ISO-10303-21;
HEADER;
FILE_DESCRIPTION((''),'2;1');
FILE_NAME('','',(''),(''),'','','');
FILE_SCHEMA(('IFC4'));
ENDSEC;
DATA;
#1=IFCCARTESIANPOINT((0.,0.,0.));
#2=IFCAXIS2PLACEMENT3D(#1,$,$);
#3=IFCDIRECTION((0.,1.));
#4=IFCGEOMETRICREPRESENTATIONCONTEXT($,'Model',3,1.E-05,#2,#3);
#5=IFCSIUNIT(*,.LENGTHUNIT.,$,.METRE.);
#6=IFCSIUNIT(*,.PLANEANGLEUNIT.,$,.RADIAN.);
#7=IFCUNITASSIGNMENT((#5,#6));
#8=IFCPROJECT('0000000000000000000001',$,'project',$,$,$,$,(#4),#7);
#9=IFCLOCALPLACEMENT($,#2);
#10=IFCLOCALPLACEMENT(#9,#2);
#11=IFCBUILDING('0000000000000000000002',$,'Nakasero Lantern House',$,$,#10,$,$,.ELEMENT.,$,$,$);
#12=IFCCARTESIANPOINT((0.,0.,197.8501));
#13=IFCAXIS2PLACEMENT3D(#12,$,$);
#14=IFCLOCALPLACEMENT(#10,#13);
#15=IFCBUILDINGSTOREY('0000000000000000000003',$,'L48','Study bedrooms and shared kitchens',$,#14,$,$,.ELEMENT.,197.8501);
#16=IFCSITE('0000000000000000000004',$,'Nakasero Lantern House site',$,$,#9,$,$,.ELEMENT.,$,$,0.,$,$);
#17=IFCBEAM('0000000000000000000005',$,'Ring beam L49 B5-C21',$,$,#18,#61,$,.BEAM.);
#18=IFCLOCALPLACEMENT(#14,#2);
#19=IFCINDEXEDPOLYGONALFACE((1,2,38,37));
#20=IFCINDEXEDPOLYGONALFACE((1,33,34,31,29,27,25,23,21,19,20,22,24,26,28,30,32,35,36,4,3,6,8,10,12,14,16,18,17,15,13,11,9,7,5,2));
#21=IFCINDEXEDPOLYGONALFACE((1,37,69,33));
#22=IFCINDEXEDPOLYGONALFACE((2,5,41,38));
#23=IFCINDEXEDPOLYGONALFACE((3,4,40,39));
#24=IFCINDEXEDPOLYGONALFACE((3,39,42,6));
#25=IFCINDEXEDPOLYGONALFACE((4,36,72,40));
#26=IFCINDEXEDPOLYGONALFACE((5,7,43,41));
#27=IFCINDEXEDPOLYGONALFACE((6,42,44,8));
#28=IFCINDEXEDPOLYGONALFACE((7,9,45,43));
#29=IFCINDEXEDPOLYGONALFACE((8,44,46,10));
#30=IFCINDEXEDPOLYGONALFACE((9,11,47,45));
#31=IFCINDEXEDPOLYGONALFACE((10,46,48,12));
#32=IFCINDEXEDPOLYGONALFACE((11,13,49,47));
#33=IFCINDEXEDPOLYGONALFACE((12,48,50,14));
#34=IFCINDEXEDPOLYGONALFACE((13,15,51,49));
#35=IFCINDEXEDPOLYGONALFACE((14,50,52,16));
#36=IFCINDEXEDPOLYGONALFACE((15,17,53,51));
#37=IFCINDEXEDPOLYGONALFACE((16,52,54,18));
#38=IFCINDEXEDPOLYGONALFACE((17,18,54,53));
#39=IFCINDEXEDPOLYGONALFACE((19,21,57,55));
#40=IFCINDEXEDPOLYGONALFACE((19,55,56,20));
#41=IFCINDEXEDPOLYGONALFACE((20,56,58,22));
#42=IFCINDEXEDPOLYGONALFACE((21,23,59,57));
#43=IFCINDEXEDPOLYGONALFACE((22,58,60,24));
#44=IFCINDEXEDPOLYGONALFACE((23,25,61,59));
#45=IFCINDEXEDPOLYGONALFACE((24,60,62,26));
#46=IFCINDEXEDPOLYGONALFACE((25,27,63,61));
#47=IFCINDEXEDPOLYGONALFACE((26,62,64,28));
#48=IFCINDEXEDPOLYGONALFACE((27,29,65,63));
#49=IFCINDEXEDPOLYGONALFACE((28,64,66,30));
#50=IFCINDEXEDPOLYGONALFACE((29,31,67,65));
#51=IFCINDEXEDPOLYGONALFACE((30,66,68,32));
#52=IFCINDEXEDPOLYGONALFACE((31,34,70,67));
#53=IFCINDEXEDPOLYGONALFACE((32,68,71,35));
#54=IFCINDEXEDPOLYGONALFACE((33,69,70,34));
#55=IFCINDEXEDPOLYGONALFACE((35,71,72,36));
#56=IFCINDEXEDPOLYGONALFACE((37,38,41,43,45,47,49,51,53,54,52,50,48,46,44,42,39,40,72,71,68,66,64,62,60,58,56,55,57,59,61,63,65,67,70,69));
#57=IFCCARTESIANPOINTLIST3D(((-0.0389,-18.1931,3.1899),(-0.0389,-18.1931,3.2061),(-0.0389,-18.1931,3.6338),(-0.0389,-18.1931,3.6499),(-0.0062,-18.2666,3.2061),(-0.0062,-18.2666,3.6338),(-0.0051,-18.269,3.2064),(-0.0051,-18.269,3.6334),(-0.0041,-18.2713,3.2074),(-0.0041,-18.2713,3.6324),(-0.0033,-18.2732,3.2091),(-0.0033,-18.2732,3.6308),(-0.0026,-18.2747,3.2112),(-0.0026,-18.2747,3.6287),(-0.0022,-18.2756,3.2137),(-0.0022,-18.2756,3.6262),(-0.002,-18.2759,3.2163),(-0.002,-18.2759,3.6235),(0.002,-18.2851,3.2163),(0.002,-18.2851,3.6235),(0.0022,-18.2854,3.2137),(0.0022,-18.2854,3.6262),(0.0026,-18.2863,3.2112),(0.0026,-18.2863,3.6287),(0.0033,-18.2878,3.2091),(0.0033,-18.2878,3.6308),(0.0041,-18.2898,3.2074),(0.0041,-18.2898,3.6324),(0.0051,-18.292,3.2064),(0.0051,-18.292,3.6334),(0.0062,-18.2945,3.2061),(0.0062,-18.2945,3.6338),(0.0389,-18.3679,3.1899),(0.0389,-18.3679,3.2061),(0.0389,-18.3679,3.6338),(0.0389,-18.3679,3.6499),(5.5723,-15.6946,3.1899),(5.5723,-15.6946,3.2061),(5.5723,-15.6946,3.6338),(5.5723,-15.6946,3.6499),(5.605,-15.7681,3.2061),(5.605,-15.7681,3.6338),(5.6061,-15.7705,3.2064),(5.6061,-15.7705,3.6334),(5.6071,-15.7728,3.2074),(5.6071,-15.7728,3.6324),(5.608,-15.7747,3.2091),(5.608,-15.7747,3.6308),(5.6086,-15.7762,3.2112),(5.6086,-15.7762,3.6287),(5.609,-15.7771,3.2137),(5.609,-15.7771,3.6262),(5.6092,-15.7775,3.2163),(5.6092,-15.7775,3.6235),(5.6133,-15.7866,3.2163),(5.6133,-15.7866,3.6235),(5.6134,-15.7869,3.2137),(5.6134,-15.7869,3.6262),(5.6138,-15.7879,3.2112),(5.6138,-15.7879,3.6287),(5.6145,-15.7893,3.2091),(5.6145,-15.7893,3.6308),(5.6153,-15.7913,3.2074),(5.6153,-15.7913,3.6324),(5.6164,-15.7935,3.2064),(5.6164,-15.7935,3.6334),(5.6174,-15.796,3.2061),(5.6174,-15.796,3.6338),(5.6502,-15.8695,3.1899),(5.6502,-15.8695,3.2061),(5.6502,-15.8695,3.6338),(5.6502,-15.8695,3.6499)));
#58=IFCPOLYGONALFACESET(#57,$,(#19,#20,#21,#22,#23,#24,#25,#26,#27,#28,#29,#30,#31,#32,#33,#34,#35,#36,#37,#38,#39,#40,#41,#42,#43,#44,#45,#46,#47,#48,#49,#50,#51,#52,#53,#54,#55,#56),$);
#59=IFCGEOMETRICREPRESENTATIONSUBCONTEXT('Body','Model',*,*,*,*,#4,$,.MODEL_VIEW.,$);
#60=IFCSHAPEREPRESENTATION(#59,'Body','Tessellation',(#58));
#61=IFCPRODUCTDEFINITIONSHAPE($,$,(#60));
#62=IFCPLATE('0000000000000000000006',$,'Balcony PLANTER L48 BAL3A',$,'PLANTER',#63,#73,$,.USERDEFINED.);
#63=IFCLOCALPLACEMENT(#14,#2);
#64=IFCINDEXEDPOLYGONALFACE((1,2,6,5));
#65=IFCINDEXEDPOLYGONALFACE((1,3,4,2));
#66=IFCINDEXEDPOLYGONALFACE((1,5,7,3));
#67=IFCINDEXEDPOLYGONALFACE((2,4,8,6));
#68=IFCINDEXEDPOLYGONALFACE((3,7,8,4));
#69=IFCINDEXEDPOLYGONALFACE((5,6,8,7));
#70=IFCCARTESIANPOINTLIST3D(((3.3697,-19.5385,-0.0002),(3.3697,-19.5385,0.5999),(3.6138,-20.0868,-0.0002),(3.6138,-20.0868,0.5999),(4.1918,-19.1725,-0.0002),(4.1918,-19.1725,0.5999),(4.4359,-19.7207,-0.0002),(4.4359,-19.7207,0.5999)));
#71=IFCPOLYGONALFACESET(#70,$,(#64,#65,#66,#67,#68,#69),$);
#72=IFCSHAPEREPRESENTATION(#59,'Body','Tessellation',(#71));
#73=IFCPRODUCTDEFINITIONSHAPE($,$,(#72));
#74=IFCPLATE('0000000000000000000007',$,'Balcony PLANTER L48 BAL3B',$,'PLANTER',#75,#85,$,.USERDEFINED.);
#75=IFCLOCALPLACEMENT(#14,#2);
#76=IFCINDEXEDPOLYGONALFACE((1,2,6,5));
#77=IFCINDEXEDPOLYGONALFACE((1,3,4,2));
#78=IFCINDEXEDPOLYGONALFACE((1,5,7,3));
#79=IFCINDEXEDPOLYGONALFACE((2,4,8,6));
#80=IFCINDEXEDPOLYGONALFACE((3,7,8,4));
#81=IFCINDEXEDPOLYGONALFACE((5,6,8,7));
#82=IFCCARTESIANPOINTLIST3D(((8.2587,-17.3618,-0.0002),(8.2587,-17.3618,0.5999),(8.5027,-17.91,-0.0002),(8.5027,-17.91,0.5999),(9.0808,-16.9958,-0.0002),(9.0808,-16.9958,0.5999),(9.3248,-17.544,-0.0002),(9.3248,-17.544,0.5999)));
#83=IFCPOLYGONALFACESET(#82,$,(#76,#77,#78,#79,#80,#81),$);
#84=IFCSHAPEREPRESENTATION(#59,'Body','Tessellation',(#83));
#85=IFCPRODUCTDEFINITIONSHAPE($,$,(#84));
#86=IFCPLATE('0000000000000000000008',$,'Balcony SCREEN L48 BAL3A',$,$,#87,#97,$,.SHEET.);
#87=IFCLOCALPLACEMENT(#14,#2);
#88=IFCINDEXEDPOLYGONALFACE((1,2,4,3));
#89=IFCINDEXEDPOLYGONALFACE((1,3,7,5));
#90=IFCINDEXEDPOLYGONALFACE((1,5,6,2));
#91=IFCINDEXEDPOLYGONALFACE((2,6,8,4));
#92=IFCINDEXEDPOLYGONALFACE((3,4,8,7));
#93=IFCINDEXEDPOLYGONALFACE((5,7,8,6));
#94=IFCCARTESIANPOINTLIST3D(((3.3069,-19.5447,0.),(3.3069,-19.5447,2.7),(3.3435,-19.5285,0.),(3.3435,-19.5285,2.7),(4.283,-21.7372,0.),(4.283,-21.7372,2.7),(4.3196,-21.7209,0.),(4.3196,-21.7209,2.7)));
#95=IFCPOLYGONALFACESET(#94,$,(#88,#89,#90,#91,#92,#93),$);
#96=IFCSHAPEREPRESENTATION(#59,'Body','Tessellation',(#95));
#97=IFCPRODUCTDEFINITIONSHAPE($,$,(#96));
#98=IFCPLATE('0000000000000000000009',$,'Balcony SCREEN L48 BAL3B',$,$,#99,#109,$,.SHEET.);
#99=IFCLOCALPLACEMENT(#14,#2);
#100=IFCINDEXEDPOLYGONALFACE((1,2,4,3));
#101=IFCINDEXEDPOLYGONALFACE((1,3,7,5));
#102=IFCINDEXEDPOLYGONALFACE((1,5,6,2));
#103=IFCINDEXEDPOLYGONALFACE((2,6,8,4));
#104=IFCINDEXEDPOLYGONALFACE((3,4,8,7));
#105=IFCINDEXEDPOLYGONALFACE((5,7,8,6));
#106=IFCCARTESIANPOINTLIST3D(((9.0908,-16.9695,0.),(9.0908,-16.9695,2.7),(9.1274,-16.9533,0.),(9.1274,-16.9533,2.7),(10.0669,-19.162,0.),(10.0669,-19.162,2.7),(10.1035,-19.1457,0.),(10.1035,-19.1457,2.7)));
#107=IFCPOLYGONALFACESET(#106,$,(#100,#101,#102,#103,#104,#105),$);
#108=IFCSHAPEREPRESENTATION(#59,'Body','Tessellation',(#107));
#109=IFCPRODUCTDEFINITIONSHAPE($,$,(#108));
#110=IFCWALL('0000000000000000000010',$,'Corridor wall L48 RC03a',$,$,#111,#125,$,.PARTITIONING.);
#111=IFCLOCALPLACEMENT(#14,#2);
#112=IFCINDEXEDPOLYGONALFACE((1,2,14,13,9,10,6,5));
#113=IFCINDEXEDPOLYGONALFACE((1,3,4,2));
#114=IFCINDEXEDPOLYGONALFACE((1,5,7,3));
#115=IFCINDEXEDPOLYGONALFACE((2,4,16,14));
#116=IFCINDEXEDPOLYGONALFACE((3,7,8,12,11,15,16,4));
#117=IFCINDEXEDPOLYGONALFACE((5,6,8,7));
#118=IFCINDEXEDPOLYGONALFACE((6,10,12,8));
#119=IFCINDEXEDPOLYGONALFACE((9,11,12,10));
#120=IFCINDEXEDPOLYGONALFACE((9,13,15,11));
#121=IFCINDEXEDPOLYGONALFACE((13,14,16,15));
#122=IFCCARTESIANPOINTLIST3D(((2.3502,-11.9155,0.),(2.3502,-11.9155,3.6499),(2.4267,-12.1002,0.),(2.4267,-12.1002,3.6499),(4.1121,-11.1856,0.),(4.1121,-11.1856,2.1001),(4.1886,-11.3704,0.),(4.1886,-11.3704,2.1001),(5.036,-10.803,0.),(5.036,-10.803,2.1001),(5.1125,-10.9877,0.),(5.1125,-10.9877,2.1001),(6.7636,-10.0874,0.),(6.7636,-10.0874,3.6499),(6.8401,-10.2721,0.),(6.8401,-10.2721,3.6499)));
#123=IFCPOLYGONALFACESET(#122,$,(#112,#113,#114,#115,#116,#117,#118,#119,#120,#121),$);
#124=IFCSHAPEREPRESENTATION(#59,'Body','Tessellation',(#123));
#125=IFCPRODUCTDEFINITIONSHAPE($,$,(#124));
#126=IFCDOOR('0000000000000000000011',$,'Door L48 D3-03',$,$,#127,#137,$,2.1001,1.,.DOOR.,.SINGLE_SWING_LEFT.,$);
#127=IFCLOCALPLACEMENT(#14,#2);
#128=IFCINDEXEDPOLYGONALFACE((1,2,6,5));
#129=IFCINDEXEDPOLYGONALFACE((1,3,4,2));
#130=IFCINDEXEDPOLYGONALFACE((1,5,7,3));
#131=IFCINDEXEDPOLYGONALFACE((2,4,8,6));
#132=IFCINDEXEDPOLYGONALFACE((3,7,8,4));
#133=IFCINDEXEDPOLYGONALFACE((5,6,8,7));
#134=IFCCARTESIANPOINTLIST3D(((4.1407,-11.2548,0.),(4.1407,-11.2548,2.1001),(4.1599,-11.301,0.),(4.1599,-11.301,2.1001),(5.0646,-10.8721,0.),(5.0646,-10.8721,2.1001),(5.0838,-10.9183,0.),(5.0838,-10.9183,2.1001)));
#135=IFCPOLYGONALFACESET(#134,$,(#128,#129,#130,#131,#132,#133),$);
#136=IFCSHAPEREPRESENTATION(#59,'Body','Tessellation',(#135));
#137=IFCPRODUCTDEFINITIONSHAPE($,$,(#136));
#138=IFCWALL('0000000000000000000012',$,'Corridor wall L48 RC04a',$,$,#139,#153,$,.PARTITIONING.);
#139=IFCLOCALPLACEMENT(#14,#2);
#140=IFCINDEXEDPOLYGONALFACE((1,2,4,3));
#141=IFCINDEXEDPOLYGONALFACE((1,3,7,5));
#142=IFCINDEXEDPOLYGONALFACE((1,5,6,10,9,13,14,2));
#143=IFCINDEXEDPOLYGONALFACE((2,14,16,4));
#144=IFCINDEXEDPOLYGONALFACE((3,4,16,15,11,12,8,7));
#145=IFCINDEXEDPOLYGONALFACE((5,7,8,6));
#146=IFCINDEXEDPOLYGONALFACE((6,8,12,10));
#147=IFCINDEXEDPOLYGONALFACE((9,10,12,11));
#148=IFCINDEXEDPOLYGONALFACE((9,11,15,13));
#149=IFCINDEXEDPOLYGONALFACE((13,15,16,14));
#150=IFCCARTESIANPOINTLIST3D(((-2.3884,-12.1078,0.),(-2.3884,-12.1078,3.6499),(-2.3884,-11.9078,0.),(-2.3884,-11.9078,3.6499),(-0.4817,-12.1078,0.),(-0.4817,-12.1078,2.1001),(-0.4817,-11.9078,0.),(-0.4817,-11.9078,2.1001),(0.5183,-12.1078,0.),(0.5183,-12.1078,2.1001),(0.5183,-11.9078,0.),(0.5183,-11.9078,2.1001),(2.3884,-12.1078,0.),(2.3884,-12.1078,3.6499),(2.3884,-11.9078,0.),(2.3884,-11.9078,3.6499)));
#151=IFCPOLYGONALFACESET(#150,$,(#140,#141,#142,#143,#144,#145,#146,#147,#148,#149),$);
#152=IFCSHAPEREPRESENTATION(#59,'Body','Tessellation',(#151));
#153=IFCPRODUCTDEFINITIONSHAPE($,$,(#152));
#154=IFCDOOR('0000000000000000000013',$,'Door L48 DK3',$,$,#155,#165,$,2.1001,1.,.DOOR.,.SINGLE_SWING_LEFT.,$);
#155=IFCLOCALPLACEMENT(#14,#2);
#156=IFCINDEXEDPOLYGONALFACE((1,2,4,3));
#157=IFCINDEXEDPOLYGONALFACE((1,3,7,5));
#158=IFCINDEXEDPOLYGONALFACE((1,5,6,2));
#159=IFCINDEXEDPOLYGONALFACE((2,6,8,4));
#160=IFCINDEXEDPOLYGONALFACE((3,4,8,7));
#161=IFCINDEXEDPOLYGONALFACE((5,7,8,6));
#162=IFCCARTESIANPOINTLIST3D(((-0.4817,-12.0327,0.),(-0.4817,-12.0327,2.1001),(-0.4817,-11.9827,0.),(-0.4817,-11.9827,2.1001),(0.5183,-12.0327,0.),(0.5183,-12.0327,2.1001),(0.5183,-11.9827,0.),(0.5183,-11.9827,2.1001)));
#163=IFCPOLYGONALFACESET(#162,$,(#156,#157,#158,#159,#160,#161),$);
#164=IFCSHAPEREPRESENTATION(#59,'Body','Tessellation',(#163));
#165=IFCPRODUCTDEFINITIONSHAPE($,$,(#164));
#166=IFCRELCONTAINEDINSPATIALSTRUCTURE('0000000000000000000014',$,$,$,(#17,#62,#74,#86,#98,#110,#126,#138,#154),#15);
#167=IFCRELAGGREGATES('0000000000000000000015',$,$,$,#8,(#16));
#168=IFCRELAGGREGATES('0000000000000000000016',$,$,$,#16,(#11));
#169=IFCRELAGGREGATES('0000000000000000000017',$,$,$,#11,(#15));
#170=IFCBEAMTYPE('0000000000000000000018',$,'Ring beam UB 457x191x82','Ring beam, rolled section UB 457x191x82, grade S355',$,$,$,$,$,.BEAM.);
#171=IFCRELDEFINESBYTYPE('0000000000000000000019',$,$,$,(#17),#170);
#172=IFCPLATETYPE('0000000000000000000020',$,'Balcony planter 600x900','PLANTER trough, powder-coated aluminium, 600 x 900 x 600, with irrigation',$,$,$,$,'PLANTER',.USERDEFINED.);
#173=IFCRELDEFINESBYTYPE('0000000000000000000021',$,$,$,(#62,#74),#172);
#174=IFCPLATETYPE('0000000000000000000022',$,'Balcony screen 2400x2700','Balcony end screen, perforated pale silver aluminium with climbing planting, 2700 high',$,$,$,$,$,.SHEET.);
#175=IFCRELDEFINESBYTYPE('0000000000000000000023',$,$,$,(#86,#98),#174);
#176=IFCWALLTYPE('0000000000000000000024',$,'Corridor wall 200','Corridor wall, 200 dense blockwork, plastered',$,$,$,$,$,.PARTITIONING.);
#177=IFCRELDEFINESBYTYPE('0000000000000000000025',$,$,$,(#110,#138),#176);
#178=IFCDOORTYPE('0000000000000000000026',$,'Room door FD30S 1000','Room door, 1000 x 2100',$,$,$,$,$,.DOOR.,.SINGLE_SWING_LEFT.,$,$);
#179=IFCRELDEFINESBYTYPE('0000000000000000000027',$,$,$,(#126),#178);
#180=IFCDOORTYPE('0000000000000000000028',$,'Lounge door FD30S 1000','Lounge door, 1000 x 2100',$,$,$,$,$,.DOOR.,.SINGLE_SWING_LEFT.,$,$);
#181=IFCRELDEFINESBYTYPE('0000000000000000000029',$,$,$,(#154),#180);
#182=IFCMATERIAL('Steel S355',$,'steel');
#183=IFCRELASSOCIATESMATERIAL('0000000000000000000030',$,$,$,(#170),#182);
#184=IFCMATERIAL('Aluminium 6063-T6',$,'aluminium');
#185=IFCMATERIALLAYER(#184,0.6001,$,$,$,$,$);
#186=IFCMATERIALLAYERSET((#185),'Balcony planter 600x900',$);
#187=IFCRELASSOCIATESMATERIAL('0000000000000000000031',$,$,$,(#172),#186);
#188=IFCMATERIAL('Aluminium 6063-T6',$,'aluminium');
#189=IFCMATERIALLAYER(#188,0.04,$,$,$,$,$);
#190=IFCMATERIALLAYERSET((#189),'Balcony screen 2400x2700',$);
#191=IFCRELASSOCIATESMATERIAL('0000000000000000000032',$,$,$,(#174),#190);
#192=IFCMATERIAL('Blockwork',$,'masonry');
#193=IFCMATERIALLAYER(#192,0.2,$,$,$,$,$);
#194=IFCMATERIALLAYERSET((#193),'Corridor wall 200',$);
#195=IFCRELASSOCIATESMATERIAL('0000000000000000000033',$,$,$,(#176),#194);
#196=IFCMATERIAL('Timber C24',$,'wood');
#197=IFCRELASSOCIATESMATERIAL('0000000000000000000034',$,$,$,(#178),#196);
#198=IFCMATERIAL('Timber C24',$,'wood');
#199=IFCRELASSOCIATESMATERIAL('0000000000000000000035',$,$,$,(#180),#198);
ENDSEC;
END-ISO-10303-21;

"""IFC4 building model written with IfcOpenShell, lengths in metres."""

from ifc_helpers import new_model, si_unit, direction, frame, frame_2d, origin, origin_2d, place, context, subcontext, project, spatial, rectangle, i_section, extrude, material, layer, layer_set, material_profile, profile_set, type_object, element, fill, save


model = new_model("IFC4")

# Units and contexts
model_context = context("Model", 3, precision=1e-05, world=origin(), true_north=direction((0.0, 1.0)))
body_context = subcontext(model_context, "Body", "Model", "MODEL_VIEW")
ifc_project = project(units=[si_unit("LENGTHUNIT", "METRE"), si_unit("PLANEANGLEUNIT", "RADIAN")], contexts=[model_context])

# Site, building, storey
site_placement = place(None, origin())
site = spatial("IfcSite", under=ifc_project, at=site_placement, Name="Nakasero Lantern House site", CompositionType="ELEMENT", RefElevation=0.0)
building_placement = place(site_placement, origin())
building = spatial("IfcBuilding", under=site, at=building_placement, Name="Nakasero Lantern House", CompositionType="ELEMENT")
storey_placement = place(building_placement, frame((0.0, 0.0, 197.8501)))
storey = spatial("IfcBuildingStorey", under=building, at=storey_placement, Name="L48", Description="Study bedrooms and shared kitchens", CompositionType="ELEMENT", Elevation=197.8501)

# Beam
ifc_material_1 = material(Name="Steel S355", Category="steel")
ifc_material_profile_1 = material_profile(ifc_material_1, i_section(OverallWidth=0.1914, OverallDepth=0.46, WebThickness=0.01, FlangeThickness=0.0161, FilletRadius=0.0103, at=origin_2d()), Name="UB 457x191x82")
ifc_profile_set_1 = profile_set([ifc_material_profile_1], Name="Steel S355")
beam_type_1 = type_object("IfcBeamType", Name="Ring beam UB 457x191x82", Description="Ring beam, rolled section UB 457x191x82, grade S355", PredefinedType="BEAM", material=ifc_profile_set_1)
beam_1_placement = place(storey_placement, frame((0.0, -18.2805, 3.4199), z_axis=(0.913533, 0.406765, 0.0), x_axis=(-0.406765, 0.913533, 0.0)))
element("IfcBeam", 1, at=beam_1_placement, inside=storey, type_object=beam_type_1, Name="Ring beam L49 B5-C21", PredefinedType="BEAM", context=body_context, shape_type="SweptSolid", body=[
    extrude(i_section(OverallWidth=0.1914, OverallDepth=0.46, WebThickness=0.01, FlangeThickness=0.0161, FilletRadius=0.0103, at=origin_2d()), origin(), (0.0, 0.0, 1.0), 6.1423),
])

# Plates
ifc_material_2 = material(Name="Aluminium 6063-T6", Category="aluminium")
ifc_layer_1 = layer(ifc_material_2, 0.6001)
ifc_layer_set_1 = layer_set([ifc_layer_1], Name="Balcony planter 600x900")
plate_type_1 = type_object("IfcPlateType", Name="Balcony planter 600x900", Description="PLANTER trough, powder-coated aluminium, 600 x 900 x 600, with irrigation", ElementType="PLANTER", PredefinedType="USERDEFINED", material=ifc_layer_set_1)
for number, where, z_axis, x_axis, name in (
    (2, (3.9028, -19.6296, -0.0002), (0.0, 0.0, 1.0), (0.406737, -0.913545, 0.0), "Balcony PLANTER L48 BAL3A"),
    (3, (8.7917, -17.4529, -0.0002), (0.0, 0.0, 1.0), (0.406737, -0.913545, 0.0), "Balcony PLANTER L48 BAL3B"),
):
    element("IfcPlate", number, at=place(storey_placement, frame(where, z_axis=z_axis, x_axis=x_axis)), inside=storey, type_object=plate_type_1, Name=name, ObjectType="PLANTER", PredefinedType="USERDEFINED", context=body_context, shape_type="SweptSolid", body=[
        extrude(rectangle(XDim=0.6001, YDim=0.8999, at=origin_2d()), origin(), (0.0, 0.0, 1.0), 0.6001),
    ])
ifc_material_3 = material(Name="Aluminium 6063-T6", Category="aluminium")
ifc_layer_2 = layer(ifc_material_3, 0.04)
ifc_layer_set_2 = layer_set([ifc_layer_2], Name="Balcony screen 2400x2700")
plate_type_2 = type_object("IfcPlateType", Name="Balcony screen 2400x2700", Description="Balcony end screen, perforated pale silver aluminium with climbing planting, 2700 high", PredefinedType="SHEET", material=ifc_layer_set_2)
for number, where, z_axis, x_axis, name in (
    (4, (3.8132, -20.6328, 0.0), (0.0, 0.0, 1.0), (0.406737, -0.913545, 0.0), "Balcony SCREEN L48 BAL3A"),
    (5, (9.5972, -18.0576, 0.0), (0.0, 0.0, 1.0), (0.406737, -0.913545, 0.0), "Balcony SCREEN L48 BAL3B"),
):
    element("IfcPlate", number, at=place(storey_placement, frame(where, z_axis=z_axis, x_axis=x_axis)), inside=storey, type_object=plate_type_2, Name=name, PredefinedType="SHEET", context=body_context, shape_type="SweptSolid", body=[
        extrude(rectangle(XDim=2.3999, YDim=0.04, at=origin_2d()), origin(), (0.0, 0.0, 1.0), 2.7),
    ])

# Walls, openings, doors
ifc_material_4 = material(Name="Blockwork", Category="masonry")
ifc_layer_3 = layer(ifc_material_4, 0.2)
ifc_layer_set_3 = layer_set([ifc_layer_3], Name="Corridor wall 200")
wall_type_1 = type_object("IfcWallType", Name="Corridor wall 200", Description="Corridor wall, 200 dense blockwork, plastered", PredefinedType="PARTITIONING", material=ifc_layer_set_3)
wall_1_placement = place(storey_placement, frame((6.802, -10.1797, 0.0), z_axis=(0.0, 0.0, 1.0), x_axis=(-0.923882, -0.382677, 0.0)))
wall_1 = element("IfcWall", 6, at=wall_1_placement, inside=storey, type_object=wall_type_1, Name="Corridor wall L48 RC03a", PredefinedType="PARTITIONING", context=body_context, shape_type="SweptSolid", body=[
    extrude(rectangle(XDim=4.7771, YDim=0.2, at=frame_2d((2.3887, 0.0))), origin(), (0.0, 0.0, 1.0), 3.6499),
])
opening_1_placement = place(wall_1_placement, frame((1.8701, 0.0, 0.0)))
opening_1 = element("IfcOpeningElement", 7, at=opening_1_placement, cuts=wall_1, PredefinedType="OPENING", context=body_context, shape_type="SweptSolid", body=[
    extrude(rectangle(XDim=1.0, YDim=2.1001, at=frame_2d((0.5, 1.05))), frame((0.0, 0.1199, 0.0), z_axis=(0.0, -1.0, 0.0), x_axis=(1.0, 0.0, 0.0)), (0.0, 0.0, 1.0), 0.24),
])
ifc_material_5 = material(Name="Timber C24", Category="wood")
door_type_1 = type_object("IfcDoorType", Name="Room door FD30S 1000", Description="Room door, 1000 x 2100", OperationType="SINGLE_SWING_LEFT", PredefinedType="DOOR", material=ifc_material_5)
door_1_placement = place(opening_1_placement, origin())
door_1 = element("IfcDoor", 8, at=door_1_placement, inside=storey, type_object=door_type_1, Name="Door L48 D3-03", OperationType="SINGLE_SWING_LEFT", OverallHeight=2.1001, OverallWidth=1.0, PredefinedType="DOOR", context=body_context, shape_type="SweptSolid", body=[
    extrude(rectangle(XDim=1.0, YDim=2.1001, at=frame_2d((0.5, 1.05))), frame((0.0, 0.0249, 0.0), z_axis=(0.0, -1.0, 0.0), x_axis=(1.0, 0.0, 0.0)), (0.0, 0.0, 1.0), 0.05),
])
fill(opening_1, door_1)
wall_2_placement = place(storey_placement, frame((2.3884, -12.0078, 0.0), z_axis=(0.0, 0.0, 1.0), x_axis=(-1.0, 0.0, 0.0)))
wall_2 = element("IfcWall", 9, at=wall_2_placement, inside=storey, type_object=wall_type_1, Name="Corridor wall L48 RC04a", PredefinedType="PARTITIONING", context=body_context, shape_type="SweptSolid", body=[
    extrude(rectangle(XDim=4.7769, YDim=0.2, at=frame_2d((2.3884, 0.0))), origin(), (0.0, 0.0, 1.0), 3.6499),
])
opening_2_placement = place(wall_2_placement, frame((1.8701, 0.0, 0.0)))
opening_2 = element("IfcOpeningElement", 10, at=opening_2_placement, cuts=wall_2, PredefinedType="OPENING", context=body_context, shape_type="SweptSolid", body=[
    extrude(rectangle(XDim=1.0, YDim=2.1001, at=frame_2d((0.5, 1.05))), frame((0.0, 0.1199, 0.0), z_axis=(0.0, -1.0, 0.0), x_axis=(1.0, 0.0, 0.0)), (0.0, 0.0, 1.0), 0.24),
])
ifc_material_6 = material(Name="Timber C24", Category="wood")
door_type_2 = type_object("IfcDoorType", Name="Lounge door FD30S 1000", Description="Lounge door, 1000 x 2100", OperationType="SINGLE_SWING_LEFT", PredefinedType="DOOR", material=ifc_material_6)
door_2_placement = place(opening_2_placement, origin())
door_2 = element("IfcDoor", 11, at=door_2_placement, inside=storey, type_object=door_type_2, Name="Door L48 DK3", OperationType="SINGLE_SWING_LEFT", OverallHeight=2.1001, OverallWidth=1.0, PredefinedType="DOOR", context=body_context, shape_type="SweptSolid", body=[
    extrude(rectangle(XDim=1.0, YDim=2.1001, at=frame_2d((0.5, 1.05))), frame((0.0, 0.0249, 0.0), z_axis=(0.0, -1.0, 0.0), x_axis=(1.0, 0.0, 0.0)), (0.0, 0.0, 1.0), 0.05),
])
fill(opening_2, door_2)

save(model, "model.ifc")
